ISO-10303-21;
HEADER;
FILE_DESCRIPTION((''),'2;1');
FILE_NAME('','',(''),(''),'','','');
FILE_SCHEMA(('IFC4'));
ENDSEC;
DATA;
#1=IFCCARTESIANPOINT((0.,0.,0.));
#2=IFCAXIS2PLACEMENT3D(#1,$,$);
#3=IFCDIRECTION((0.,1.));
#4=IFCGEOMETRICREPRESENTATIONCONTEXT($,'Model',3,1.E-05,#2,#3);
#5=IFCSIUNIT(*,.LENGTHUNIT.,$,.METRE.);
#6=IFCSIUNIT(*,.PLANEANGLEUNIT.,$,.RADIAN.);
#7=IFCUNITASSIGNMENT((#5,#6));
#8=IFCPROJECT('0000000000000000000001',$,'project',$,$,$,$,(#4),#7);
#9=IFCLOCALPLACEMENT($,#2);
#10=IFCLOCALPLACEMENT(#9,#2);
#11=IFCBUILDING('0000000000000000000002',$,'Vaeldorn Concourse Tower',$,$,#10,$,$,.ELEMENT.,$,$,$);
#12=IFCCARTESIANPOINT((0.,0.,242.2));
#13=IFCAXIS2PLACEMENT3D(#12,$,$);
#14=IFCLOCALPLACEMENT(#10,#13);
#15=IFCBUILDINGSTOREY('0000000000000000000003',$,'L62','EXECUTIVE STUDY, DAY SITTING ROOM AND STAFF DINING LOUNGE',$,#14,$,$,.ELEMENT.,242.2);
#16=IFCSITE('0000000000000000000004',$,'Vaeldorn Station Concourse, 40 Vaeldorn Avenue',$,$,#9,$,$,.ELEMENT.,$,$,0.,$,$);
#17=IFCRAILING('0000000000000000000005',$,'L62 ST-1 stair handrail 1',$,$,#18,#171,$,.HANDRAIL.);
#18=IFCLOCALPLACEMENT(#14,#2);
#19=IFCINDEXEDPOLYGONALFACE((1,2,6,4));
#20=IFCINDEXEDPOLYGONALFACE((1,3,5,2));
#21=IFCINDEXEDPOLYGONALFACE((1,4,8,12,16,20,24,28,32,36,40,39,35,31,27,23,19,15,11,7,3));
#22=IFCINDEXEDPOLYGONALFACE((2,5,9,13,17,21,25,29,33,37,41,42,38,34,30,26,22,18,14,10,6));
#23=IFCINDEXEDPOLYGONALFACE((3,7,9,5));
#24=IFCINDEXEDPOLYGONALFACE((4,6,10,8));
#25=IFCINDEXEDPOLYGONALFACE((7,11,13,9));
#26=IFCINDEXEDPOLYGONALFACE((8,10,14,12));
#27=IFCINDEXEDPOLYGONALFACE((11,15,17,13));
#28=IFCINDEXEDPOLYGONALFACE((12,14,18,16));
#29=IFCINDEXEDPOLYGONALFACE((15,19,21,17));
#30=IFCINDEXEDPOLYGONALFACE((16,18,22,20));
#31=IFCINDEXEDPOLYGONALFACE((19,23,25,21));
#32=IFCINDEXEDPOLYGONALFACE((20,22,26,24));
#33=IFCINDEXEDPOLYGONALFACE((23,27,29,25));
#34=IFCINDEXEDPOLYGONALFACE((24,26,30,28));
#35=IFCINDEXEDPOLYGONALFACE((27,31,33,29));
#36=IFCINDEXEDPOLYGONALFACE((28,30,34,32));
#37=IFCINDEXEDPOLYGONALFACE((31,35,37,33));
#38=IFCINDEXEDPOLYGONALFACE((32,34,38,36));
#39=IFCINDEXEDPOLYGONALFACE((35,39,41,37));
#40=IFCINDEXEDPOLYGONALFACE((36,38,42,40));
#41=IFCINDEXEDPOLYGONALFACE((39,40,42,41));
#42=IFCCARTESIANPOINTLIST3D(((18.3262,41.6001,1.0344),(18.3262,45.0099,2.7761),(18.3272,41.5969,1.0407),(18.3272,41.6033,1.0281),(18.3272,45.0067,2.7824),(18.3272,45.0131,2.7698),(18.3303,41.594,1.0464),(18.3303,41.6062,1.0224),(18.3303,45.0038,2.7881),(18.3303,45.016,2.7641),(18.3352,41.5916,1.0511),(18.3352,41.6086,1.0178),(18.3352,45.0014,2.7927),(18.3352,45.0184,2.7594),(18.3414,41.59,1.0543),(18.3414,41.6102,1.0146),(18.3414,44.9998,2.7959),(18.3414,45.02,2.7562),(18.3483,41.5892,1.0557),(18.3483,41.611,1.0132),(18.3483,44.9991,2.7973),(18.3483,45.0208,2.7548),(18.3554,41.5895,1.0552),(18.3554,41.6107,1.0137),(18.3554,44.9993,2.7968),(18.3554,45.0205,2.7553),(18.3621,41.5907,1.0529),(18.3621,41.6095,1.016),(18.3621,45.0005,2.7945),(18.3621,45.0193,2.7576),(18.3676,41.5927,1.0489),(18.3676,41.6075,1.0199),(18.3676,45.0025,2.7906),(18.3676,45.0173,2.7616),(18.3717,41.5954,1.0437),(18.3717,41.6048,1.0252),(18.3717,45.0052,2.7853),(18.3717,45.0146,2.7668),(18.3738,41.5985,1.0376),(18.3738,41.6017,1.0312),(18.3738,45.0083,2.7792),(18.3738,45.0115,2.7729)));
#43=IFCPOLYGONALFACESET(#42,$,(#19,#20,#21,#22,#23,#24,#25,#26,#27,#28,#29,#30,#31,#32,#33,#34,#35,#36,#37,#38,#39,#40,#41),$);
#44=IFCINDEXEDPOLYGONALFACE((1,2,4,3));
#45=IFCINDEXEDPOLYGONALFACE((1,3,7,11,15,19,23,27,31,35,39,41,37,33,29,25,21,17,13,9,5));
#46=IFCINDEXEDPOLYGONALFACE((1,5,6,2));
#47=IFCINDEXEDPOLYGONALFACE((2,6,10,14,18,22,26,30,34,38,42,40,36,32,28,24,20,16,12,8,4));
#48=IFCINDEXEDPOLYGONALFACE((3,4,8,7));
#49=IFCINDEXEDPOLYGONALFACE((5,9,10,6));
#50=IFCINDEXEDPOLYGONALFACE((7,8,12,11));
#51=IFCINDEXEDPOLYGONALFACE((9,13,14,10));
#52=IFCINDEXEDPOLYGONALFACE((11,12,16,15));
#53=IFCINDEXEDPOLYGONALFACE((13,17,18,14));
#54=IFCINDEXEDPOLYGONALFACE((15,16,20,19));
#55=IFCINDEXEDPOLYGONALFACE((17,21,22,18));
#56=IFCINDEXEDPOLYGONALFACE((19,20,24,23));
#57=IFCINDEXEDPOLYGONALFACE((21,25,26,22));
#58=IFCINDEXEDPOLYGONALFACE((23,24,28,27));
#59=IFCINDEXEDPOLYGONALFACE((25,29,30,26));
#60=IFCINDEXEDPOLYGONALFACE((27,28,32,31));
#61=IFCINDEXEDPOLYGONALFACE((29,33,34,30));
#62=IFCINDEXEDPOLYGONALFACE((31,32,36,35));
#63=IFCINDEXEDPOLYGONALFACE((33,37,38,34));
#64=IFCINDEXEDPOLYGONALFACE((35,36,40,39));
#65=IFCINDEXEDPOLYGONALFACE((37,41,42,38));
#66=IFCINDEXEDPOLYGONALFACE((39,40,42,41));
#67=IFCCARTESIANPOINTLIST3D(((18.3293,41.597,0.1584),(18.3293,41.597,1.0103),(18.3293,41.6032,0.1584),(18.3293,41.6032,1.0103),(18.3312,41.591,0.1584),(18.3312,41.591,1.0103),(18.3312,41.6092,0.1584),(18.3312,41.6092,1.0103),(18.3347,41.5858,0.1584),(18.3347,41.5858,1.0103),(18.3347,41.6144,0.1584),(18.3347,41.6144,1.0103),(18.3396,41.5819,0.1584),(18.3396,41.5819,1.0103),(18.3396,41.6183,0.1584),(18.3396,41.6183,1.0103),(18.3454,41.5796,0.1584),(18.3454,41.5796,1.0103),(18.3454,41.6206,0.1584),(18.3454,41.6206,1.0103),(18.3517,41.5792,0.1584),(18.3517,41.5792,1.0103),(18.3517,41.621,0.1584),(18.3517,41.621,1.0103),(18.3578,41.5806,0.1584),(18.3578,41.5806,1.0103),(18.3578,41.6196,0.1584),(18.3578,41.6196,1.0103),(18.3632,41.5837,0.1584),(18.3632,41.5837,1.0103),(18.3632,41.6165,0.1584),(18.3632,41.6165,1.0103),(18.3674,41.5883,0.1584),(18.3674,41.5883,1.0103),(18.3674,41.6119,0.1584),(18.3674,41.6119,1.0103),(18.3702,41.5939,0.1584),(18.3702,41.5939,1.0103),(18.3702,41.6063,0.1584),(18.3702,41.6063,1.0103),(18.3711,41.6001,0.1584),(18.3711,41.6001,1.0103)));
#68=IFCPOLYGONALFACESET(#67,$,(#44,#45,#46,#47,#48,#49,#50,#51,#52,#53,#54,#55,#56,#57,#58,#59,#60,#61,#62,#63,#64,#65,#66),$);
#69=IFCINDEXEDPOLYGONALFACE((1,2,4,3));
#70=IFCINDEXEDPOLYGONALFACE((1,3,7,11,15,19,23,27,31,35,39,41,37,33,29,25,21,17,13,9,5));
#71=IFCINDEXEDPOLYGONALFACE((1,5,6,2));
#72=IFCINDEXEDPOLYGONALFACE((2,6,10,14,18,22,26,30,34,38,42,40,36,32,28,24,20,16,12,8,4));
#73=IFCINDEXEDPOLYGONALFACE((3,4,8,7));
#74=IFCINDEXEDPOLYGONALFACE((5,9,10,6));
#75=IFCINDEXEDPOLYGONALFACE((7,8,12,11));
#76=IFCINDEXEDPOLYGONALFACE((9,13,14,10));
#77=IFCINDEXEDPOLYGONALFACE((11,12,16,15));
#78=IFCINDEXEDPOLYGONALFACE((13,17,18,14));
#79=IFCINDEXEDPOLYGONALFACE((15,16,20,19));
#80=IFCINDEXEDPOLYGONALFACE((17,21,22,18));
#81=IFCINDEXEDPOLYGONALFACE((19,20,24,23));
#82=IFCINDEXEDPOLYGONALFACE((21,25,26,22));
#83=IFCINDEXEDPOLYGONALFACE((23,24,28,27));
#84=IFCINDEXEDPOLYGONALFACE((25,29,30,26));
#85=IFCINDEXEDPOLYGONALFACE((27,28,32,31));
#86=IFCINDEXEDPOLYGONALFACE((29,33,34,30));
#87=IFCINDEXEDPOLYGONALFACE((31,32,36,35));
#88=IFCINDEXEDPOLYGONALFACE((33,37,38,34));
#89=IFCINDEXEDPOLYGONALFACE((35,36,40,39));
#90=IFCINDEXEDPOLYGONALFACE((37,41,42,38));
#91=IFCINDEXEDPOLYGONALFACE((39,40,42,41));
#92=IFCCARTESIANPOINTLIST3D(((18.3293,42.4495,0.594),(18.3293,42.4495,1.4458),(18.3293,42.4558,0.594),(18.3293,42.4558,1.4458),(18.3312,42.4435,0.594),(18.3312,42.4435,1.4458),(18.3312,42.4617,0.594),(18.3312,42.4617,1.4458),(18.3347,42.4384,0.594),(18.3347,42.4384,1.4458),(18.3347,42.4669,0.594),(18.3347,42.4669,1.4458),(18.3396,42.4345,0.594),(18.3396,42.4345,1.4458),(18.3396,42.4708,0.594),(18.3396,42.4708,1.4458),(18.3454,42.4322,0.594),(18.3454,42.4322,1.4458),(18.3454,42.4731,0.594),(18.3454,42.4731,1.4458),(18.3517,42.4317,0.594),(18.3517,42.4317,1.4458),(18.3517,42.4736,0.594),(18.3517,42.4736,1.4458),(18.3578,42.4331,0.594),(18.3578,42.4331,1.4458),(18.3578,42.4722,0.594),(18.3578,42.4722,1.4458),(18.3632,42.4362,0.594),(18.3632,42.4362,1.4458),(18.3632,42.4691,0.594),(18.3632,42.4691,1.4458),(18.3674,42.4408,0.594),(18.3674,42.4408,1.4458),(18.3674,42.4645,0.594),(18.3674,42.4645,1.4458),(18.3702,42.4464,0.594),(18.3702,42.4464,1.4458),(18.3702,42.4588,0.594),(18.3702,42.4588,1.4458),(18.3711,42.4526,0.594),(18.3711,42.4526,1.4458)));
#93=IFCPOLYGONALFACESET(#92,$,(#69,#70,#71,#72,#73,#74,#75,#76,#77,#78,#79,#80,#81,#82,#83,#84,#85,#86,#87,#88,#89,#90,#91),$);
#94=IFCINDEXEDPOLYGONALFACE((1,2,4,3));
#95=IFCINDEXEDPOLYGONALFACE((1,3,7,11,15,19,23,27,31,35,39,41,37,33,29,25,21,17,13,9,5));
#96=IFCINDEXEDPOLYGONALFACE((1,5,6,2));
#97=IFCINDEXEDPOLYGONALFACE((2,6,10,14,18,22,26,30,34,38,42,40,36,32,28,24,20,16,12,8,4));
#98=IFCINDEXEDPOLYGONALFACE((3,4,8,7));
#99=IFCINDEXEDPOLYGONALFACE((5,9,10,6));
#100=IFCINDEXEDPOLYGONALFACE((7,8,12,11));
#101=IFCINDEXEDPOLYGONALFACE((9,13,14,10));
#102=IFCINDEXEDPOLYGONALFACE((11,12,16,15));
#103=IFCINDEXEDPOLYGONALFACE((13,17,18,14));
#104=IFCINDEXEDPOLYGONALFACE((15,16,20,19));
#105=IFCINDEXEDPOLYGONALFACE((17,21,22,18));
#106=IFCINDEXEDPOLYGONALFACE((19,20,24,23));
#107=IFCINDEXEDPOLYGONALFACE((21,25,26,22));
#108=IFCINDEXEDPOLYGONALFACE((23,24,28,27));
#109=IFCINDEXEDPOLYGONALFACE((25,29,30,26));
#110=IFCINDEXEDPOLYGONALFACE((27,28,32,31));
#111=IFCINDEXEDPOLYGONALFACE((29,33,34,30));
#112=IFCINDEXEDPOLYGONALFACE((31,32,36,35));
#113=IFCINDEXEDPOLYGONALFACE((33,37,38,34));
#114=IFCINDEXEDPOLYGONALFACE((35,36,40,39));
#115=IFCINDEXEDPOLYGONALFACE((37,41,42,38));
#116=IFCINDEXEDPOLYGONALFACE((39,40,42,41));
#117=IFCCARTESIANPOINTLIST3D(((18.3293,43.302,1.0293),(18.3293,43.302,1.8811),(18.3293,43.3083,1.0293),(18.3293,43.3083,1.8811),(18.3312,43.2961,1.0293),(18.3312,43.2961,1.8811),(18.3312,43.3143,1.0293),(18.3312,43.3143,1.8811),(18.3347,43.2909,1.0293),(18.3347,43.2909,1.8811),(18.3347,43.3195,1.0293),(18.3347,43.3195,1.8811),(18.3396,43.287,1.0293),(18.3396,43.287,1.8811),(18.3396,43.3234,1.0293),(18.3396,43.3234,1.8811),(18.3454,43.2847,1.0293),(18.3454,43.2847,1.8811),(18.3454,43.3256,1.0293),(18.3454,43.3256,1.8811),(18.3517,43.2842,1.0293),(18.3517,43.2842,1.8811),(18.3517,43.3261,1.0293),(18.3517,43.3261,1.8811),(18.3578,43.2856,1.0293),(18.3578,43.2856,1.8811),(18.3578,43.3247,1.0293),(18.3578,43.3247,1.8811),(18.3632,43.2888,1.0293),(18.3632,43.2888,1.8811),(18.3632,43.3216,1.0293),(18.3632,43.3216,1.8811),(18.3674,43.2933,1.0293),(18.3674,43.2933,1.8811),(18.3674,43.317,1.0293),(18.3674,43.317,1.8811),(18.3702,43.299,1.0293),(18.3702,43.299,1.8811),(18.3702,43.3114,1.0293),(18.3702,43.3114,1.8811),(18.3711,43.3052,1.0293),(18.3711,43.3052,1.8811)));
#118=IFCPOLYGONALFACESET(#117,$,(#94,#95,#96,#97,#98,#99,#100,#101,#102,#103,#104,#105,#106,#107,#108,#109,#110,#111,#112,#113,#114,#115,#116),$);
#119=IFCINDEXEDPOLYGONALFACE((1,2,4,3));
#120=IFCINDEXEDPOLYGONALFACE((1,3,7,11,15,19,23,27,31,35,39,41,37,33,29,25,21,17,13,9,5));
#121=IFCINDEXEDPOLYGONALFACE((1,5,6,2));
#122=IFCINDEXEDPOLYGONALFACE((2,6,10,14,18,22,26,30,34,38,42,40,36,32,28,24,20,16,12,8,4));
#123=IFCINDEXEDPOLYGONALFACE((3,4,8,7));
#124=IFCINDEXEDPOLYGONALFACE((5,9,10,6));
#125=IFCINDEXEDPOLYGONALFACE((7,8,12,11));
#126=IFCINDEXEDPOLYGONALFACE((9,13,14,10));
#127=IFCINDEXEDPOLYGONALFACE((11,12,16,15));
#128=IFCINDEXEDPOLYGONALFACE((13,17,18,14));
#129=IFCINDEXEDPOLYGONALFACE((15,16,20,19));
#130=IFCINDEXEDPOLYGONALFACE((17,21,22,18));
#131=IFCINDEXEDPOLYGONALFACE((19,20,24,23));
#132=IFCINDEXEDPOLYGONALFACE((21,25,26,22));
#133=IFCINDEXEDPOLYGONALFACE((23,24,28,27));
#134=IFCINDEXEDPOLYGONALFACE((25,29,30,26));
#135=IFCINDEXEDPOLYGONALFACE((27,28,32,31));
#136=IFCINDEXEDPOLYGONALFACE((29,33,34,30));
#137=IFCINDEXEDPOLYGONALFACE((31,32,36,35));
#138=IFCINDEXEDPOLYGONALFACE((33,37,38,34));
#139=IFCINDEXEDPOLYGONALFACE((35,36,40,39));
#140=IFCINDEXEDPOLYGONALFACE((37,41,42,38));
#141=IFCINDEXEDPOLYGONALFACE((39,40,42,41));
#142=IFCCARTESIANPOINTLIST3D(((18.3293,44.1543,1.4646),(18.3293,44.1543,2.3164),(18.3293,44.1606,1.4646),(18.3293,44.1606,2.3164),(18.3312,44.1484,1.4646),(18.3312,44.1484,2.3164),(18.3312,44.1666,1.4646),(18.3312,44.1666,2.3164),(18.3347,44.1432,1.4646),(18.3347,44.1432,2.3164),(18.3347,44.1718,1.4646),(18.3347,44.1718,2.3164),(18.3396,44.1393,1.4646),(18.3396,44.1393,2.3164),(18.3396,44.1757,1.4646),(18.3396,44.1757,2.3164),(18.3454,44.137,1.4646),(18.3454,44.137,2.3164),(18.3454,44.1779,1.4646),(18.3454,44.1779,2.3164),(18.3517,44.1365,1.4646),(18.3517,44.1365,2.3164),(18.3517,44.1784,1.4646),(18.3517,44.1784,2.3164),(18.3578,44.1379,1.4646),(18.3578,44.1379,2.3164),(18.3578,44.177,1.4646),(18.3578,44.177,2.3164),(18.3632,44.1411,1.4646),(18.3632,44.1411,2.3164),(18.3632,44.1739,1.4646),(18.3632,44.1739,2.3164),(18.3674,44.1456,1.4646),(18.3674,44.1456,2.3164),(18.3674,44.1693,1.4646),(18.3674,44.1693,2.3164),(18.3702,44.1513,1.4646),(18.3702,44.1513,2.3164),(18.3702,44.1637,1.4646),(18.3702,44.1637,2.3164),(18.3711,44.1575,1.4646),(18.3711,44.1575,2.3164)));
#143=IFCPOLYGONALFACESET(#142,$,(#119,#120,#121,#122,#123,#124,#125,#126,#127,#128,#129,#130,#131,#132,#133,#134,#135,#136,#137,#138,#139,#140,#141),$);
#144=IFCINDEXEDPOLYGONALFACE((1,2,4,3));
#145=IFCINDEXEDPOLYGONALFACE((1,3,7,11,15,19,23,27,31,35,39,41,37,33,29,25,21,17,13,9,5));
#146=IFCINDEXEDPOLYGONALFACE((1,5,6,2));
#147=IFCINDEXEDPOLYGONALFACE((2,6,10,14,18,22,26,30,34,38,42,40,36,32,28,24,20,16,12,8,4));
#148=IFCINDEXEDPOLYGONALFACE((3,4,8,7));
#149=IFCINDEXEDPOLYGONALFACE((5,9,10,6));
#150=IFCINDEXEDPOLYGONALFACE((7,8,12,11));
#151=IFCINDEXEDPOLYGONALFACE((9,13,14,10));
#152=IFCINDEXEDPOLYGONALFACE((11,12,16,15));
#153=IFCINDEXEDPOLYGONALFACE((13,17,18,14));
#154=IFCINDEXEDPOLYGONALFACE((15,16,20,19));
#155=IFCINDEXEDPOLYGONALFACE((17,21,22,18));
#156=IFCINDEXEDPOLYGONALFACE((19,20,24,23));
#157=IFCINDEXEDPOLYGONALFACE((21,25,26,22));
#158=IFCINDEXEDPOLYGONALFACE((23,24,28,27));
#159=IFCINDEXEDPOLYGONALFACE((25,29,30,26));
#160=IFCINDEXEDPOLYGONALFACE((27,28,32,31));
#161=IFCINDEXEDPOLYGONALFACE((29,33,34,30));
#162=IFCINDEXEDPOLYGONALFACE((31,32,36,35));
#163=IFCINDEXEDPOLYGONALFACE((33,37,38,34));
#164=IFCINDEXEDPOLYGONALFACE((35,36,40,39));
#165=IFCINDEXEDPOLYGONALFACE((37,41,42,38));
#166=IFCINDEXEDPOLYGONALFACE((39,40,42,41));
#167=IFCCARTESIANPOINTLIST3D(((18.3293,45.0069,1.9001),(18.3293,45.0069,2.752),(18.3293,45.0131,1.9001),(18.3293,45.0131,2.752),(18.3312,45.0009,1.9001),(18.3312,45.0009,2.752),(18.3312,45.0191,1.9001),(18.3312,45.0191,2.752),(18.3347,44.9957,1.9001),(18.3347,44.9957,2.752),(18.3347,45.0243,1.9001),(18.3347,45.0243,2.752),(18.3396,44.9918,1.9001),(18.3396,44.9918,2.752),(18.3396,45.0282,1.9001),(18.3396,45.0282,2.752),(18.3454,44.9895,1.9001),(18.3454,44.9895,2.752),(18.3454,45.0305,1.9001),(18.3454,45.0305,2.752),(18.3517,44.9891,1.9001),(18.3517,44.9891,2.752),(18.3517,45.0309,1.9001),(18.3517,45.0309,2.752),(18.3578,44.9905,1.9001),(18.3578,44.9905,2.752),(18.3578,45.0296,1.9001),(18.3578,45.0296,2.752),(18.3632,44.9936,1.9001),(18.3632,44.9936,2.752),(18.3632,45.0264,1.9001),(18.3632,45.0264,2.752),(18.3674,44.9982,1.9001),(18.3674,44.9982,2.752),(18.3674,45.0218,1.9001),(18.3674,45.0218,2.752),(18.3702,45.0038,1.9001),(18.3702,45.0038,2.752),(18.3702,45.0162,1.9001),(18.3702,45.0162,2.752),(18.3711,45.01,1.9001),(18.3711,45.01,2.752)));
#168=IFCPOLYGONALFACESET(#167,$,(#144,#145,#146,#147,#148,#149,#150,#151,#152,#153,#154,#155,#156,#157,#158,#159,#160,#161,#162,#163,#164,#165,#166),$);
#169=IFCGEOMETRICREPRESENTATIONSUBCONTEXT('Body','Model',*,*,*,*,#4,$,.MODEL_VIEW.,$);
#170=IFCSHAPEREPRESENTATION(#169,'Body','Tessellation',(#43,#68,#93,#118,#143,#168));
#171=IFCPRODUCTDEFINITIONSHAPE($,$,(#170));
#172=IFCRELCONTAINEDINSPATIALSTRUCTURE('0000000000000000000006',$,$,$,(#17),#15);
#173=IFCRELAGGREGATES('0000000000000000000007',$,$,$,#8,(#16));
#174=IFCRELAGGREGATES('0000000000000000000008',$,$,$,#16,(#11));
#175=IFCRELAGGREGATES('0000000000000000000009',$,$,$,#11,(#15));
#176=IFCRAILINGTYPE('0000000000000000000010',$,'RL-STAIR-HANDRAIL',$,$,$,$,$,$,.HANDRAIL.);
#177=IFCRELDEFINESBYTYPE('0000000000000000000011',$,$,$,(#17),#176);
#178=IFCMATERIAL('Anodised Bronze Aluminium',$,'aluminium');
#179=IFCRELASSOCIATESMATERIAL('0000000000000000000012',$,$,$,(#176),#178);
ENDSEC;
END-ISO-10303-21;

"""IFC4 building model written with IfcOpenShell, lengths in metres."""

from ifc_helpers import new_model, si_unit, direction, frame, origin, origin_2d, place, context, subcontext, project, spatial, circle, extrude, material, type_object, element, save


model = new_model("IFC4")

# Units and contexts
model_context = context("Model", 3, precision=1e-05, world=origin(), true_north=direction((0.0, 1.0)))
body_context = subcontext(model_context, "Body", "Model", "MODEL_VIEW")
ifc_project = project(units=[si_unit("LENGTHUNIT", "METRE"), si_unit("PLANEANGLEUNIT", "RADIAN")], contexts=[model_context])

# Site, building, storey
site_placement = place(None, origin())
site = spatial("IfcSite", under=ifc_project, at=site_placement, Name="Vaeldorn Station Concourse, 40 Vaeldorn Avenue", CompositionType="ELEMENT", RefElevation=0.0)
building_placement = place(site_placement, origin())
building = spatial("IfcBuilding", under=site, at=building_placement, Name="Vaeldorn Concourse Tower", CompositionType="ELEMENT")
storey_placement = place(building_placement, frame((0.0, 0.0, 242.2)))
storey = spatial("IfcBuildingStorey", under=building, at=storey_placement, Name="L62", Description="EXECUTIVE STUDY, DAY SITTING ROOM AND STAFF DINING LOUNGE", CompositionType="ELEMENT", Elevation=242.2)

# Shared definitions
ifc_material_1 = material(Name="Anodised Bronze Aluminium", Category="aluminium")

# Railing
railing_type_1 = type_object("IfcRailingType", Name="RL-STAIR-HANDRAIL", PredefinedType="HANDRAIL", material=ifc_material_1)
railing_1_placement = place(storey_placement, frame((18.3501, 41.6001, 0.1584)))
element("IfcRailing", 1, at=railing_1_placement, inside=storey, type_object=railing_type_1, Name="L62 ST-1 stair handrail 1", PredefinedType="HANDRAIL", context=body_context, shape_type="SweptSolid", body=[
    extrude(circle(Radius=0.0239, at=origin_2d()), frame((0.0, 0.0, 0.876), z_axis=(0.0, 0.890556, 0.454874), x_axis=(-1.0, 0.0, 0.0)), (0.0, 0.0, 1.0), 3.8289),
    extrude(circle(Radius=0.021, at=origin_2d()), origin(), (0.0, 0.0, 1.0), 0.8518),
    extrude(circle(Radius=0.021, at=origin_2d()), frame((0.0, 0.8525, 0.4355)), (0.0, 0.0, 1.0), 0.8518),
    extrude(circle(Radius=0.021, at=origin_2d()), frame((0.0, 1.7051, 0.8708)), (0.0, 0.0, 1.0), 0.8518),
    extrude(circle(Radius=0.021, at=origin_2d()), frame((0.0, 2.5574, 1.3062)), (0.0, 0.0, 1.0), 0.8518),
    extrude(circle(Radius=0.021, at=origin_2d()), frame((0.0, 3.4099, 1.7417)), (0.0, 0.0, 1.0), 0.8518),
])

save(model, "model.ifc")
